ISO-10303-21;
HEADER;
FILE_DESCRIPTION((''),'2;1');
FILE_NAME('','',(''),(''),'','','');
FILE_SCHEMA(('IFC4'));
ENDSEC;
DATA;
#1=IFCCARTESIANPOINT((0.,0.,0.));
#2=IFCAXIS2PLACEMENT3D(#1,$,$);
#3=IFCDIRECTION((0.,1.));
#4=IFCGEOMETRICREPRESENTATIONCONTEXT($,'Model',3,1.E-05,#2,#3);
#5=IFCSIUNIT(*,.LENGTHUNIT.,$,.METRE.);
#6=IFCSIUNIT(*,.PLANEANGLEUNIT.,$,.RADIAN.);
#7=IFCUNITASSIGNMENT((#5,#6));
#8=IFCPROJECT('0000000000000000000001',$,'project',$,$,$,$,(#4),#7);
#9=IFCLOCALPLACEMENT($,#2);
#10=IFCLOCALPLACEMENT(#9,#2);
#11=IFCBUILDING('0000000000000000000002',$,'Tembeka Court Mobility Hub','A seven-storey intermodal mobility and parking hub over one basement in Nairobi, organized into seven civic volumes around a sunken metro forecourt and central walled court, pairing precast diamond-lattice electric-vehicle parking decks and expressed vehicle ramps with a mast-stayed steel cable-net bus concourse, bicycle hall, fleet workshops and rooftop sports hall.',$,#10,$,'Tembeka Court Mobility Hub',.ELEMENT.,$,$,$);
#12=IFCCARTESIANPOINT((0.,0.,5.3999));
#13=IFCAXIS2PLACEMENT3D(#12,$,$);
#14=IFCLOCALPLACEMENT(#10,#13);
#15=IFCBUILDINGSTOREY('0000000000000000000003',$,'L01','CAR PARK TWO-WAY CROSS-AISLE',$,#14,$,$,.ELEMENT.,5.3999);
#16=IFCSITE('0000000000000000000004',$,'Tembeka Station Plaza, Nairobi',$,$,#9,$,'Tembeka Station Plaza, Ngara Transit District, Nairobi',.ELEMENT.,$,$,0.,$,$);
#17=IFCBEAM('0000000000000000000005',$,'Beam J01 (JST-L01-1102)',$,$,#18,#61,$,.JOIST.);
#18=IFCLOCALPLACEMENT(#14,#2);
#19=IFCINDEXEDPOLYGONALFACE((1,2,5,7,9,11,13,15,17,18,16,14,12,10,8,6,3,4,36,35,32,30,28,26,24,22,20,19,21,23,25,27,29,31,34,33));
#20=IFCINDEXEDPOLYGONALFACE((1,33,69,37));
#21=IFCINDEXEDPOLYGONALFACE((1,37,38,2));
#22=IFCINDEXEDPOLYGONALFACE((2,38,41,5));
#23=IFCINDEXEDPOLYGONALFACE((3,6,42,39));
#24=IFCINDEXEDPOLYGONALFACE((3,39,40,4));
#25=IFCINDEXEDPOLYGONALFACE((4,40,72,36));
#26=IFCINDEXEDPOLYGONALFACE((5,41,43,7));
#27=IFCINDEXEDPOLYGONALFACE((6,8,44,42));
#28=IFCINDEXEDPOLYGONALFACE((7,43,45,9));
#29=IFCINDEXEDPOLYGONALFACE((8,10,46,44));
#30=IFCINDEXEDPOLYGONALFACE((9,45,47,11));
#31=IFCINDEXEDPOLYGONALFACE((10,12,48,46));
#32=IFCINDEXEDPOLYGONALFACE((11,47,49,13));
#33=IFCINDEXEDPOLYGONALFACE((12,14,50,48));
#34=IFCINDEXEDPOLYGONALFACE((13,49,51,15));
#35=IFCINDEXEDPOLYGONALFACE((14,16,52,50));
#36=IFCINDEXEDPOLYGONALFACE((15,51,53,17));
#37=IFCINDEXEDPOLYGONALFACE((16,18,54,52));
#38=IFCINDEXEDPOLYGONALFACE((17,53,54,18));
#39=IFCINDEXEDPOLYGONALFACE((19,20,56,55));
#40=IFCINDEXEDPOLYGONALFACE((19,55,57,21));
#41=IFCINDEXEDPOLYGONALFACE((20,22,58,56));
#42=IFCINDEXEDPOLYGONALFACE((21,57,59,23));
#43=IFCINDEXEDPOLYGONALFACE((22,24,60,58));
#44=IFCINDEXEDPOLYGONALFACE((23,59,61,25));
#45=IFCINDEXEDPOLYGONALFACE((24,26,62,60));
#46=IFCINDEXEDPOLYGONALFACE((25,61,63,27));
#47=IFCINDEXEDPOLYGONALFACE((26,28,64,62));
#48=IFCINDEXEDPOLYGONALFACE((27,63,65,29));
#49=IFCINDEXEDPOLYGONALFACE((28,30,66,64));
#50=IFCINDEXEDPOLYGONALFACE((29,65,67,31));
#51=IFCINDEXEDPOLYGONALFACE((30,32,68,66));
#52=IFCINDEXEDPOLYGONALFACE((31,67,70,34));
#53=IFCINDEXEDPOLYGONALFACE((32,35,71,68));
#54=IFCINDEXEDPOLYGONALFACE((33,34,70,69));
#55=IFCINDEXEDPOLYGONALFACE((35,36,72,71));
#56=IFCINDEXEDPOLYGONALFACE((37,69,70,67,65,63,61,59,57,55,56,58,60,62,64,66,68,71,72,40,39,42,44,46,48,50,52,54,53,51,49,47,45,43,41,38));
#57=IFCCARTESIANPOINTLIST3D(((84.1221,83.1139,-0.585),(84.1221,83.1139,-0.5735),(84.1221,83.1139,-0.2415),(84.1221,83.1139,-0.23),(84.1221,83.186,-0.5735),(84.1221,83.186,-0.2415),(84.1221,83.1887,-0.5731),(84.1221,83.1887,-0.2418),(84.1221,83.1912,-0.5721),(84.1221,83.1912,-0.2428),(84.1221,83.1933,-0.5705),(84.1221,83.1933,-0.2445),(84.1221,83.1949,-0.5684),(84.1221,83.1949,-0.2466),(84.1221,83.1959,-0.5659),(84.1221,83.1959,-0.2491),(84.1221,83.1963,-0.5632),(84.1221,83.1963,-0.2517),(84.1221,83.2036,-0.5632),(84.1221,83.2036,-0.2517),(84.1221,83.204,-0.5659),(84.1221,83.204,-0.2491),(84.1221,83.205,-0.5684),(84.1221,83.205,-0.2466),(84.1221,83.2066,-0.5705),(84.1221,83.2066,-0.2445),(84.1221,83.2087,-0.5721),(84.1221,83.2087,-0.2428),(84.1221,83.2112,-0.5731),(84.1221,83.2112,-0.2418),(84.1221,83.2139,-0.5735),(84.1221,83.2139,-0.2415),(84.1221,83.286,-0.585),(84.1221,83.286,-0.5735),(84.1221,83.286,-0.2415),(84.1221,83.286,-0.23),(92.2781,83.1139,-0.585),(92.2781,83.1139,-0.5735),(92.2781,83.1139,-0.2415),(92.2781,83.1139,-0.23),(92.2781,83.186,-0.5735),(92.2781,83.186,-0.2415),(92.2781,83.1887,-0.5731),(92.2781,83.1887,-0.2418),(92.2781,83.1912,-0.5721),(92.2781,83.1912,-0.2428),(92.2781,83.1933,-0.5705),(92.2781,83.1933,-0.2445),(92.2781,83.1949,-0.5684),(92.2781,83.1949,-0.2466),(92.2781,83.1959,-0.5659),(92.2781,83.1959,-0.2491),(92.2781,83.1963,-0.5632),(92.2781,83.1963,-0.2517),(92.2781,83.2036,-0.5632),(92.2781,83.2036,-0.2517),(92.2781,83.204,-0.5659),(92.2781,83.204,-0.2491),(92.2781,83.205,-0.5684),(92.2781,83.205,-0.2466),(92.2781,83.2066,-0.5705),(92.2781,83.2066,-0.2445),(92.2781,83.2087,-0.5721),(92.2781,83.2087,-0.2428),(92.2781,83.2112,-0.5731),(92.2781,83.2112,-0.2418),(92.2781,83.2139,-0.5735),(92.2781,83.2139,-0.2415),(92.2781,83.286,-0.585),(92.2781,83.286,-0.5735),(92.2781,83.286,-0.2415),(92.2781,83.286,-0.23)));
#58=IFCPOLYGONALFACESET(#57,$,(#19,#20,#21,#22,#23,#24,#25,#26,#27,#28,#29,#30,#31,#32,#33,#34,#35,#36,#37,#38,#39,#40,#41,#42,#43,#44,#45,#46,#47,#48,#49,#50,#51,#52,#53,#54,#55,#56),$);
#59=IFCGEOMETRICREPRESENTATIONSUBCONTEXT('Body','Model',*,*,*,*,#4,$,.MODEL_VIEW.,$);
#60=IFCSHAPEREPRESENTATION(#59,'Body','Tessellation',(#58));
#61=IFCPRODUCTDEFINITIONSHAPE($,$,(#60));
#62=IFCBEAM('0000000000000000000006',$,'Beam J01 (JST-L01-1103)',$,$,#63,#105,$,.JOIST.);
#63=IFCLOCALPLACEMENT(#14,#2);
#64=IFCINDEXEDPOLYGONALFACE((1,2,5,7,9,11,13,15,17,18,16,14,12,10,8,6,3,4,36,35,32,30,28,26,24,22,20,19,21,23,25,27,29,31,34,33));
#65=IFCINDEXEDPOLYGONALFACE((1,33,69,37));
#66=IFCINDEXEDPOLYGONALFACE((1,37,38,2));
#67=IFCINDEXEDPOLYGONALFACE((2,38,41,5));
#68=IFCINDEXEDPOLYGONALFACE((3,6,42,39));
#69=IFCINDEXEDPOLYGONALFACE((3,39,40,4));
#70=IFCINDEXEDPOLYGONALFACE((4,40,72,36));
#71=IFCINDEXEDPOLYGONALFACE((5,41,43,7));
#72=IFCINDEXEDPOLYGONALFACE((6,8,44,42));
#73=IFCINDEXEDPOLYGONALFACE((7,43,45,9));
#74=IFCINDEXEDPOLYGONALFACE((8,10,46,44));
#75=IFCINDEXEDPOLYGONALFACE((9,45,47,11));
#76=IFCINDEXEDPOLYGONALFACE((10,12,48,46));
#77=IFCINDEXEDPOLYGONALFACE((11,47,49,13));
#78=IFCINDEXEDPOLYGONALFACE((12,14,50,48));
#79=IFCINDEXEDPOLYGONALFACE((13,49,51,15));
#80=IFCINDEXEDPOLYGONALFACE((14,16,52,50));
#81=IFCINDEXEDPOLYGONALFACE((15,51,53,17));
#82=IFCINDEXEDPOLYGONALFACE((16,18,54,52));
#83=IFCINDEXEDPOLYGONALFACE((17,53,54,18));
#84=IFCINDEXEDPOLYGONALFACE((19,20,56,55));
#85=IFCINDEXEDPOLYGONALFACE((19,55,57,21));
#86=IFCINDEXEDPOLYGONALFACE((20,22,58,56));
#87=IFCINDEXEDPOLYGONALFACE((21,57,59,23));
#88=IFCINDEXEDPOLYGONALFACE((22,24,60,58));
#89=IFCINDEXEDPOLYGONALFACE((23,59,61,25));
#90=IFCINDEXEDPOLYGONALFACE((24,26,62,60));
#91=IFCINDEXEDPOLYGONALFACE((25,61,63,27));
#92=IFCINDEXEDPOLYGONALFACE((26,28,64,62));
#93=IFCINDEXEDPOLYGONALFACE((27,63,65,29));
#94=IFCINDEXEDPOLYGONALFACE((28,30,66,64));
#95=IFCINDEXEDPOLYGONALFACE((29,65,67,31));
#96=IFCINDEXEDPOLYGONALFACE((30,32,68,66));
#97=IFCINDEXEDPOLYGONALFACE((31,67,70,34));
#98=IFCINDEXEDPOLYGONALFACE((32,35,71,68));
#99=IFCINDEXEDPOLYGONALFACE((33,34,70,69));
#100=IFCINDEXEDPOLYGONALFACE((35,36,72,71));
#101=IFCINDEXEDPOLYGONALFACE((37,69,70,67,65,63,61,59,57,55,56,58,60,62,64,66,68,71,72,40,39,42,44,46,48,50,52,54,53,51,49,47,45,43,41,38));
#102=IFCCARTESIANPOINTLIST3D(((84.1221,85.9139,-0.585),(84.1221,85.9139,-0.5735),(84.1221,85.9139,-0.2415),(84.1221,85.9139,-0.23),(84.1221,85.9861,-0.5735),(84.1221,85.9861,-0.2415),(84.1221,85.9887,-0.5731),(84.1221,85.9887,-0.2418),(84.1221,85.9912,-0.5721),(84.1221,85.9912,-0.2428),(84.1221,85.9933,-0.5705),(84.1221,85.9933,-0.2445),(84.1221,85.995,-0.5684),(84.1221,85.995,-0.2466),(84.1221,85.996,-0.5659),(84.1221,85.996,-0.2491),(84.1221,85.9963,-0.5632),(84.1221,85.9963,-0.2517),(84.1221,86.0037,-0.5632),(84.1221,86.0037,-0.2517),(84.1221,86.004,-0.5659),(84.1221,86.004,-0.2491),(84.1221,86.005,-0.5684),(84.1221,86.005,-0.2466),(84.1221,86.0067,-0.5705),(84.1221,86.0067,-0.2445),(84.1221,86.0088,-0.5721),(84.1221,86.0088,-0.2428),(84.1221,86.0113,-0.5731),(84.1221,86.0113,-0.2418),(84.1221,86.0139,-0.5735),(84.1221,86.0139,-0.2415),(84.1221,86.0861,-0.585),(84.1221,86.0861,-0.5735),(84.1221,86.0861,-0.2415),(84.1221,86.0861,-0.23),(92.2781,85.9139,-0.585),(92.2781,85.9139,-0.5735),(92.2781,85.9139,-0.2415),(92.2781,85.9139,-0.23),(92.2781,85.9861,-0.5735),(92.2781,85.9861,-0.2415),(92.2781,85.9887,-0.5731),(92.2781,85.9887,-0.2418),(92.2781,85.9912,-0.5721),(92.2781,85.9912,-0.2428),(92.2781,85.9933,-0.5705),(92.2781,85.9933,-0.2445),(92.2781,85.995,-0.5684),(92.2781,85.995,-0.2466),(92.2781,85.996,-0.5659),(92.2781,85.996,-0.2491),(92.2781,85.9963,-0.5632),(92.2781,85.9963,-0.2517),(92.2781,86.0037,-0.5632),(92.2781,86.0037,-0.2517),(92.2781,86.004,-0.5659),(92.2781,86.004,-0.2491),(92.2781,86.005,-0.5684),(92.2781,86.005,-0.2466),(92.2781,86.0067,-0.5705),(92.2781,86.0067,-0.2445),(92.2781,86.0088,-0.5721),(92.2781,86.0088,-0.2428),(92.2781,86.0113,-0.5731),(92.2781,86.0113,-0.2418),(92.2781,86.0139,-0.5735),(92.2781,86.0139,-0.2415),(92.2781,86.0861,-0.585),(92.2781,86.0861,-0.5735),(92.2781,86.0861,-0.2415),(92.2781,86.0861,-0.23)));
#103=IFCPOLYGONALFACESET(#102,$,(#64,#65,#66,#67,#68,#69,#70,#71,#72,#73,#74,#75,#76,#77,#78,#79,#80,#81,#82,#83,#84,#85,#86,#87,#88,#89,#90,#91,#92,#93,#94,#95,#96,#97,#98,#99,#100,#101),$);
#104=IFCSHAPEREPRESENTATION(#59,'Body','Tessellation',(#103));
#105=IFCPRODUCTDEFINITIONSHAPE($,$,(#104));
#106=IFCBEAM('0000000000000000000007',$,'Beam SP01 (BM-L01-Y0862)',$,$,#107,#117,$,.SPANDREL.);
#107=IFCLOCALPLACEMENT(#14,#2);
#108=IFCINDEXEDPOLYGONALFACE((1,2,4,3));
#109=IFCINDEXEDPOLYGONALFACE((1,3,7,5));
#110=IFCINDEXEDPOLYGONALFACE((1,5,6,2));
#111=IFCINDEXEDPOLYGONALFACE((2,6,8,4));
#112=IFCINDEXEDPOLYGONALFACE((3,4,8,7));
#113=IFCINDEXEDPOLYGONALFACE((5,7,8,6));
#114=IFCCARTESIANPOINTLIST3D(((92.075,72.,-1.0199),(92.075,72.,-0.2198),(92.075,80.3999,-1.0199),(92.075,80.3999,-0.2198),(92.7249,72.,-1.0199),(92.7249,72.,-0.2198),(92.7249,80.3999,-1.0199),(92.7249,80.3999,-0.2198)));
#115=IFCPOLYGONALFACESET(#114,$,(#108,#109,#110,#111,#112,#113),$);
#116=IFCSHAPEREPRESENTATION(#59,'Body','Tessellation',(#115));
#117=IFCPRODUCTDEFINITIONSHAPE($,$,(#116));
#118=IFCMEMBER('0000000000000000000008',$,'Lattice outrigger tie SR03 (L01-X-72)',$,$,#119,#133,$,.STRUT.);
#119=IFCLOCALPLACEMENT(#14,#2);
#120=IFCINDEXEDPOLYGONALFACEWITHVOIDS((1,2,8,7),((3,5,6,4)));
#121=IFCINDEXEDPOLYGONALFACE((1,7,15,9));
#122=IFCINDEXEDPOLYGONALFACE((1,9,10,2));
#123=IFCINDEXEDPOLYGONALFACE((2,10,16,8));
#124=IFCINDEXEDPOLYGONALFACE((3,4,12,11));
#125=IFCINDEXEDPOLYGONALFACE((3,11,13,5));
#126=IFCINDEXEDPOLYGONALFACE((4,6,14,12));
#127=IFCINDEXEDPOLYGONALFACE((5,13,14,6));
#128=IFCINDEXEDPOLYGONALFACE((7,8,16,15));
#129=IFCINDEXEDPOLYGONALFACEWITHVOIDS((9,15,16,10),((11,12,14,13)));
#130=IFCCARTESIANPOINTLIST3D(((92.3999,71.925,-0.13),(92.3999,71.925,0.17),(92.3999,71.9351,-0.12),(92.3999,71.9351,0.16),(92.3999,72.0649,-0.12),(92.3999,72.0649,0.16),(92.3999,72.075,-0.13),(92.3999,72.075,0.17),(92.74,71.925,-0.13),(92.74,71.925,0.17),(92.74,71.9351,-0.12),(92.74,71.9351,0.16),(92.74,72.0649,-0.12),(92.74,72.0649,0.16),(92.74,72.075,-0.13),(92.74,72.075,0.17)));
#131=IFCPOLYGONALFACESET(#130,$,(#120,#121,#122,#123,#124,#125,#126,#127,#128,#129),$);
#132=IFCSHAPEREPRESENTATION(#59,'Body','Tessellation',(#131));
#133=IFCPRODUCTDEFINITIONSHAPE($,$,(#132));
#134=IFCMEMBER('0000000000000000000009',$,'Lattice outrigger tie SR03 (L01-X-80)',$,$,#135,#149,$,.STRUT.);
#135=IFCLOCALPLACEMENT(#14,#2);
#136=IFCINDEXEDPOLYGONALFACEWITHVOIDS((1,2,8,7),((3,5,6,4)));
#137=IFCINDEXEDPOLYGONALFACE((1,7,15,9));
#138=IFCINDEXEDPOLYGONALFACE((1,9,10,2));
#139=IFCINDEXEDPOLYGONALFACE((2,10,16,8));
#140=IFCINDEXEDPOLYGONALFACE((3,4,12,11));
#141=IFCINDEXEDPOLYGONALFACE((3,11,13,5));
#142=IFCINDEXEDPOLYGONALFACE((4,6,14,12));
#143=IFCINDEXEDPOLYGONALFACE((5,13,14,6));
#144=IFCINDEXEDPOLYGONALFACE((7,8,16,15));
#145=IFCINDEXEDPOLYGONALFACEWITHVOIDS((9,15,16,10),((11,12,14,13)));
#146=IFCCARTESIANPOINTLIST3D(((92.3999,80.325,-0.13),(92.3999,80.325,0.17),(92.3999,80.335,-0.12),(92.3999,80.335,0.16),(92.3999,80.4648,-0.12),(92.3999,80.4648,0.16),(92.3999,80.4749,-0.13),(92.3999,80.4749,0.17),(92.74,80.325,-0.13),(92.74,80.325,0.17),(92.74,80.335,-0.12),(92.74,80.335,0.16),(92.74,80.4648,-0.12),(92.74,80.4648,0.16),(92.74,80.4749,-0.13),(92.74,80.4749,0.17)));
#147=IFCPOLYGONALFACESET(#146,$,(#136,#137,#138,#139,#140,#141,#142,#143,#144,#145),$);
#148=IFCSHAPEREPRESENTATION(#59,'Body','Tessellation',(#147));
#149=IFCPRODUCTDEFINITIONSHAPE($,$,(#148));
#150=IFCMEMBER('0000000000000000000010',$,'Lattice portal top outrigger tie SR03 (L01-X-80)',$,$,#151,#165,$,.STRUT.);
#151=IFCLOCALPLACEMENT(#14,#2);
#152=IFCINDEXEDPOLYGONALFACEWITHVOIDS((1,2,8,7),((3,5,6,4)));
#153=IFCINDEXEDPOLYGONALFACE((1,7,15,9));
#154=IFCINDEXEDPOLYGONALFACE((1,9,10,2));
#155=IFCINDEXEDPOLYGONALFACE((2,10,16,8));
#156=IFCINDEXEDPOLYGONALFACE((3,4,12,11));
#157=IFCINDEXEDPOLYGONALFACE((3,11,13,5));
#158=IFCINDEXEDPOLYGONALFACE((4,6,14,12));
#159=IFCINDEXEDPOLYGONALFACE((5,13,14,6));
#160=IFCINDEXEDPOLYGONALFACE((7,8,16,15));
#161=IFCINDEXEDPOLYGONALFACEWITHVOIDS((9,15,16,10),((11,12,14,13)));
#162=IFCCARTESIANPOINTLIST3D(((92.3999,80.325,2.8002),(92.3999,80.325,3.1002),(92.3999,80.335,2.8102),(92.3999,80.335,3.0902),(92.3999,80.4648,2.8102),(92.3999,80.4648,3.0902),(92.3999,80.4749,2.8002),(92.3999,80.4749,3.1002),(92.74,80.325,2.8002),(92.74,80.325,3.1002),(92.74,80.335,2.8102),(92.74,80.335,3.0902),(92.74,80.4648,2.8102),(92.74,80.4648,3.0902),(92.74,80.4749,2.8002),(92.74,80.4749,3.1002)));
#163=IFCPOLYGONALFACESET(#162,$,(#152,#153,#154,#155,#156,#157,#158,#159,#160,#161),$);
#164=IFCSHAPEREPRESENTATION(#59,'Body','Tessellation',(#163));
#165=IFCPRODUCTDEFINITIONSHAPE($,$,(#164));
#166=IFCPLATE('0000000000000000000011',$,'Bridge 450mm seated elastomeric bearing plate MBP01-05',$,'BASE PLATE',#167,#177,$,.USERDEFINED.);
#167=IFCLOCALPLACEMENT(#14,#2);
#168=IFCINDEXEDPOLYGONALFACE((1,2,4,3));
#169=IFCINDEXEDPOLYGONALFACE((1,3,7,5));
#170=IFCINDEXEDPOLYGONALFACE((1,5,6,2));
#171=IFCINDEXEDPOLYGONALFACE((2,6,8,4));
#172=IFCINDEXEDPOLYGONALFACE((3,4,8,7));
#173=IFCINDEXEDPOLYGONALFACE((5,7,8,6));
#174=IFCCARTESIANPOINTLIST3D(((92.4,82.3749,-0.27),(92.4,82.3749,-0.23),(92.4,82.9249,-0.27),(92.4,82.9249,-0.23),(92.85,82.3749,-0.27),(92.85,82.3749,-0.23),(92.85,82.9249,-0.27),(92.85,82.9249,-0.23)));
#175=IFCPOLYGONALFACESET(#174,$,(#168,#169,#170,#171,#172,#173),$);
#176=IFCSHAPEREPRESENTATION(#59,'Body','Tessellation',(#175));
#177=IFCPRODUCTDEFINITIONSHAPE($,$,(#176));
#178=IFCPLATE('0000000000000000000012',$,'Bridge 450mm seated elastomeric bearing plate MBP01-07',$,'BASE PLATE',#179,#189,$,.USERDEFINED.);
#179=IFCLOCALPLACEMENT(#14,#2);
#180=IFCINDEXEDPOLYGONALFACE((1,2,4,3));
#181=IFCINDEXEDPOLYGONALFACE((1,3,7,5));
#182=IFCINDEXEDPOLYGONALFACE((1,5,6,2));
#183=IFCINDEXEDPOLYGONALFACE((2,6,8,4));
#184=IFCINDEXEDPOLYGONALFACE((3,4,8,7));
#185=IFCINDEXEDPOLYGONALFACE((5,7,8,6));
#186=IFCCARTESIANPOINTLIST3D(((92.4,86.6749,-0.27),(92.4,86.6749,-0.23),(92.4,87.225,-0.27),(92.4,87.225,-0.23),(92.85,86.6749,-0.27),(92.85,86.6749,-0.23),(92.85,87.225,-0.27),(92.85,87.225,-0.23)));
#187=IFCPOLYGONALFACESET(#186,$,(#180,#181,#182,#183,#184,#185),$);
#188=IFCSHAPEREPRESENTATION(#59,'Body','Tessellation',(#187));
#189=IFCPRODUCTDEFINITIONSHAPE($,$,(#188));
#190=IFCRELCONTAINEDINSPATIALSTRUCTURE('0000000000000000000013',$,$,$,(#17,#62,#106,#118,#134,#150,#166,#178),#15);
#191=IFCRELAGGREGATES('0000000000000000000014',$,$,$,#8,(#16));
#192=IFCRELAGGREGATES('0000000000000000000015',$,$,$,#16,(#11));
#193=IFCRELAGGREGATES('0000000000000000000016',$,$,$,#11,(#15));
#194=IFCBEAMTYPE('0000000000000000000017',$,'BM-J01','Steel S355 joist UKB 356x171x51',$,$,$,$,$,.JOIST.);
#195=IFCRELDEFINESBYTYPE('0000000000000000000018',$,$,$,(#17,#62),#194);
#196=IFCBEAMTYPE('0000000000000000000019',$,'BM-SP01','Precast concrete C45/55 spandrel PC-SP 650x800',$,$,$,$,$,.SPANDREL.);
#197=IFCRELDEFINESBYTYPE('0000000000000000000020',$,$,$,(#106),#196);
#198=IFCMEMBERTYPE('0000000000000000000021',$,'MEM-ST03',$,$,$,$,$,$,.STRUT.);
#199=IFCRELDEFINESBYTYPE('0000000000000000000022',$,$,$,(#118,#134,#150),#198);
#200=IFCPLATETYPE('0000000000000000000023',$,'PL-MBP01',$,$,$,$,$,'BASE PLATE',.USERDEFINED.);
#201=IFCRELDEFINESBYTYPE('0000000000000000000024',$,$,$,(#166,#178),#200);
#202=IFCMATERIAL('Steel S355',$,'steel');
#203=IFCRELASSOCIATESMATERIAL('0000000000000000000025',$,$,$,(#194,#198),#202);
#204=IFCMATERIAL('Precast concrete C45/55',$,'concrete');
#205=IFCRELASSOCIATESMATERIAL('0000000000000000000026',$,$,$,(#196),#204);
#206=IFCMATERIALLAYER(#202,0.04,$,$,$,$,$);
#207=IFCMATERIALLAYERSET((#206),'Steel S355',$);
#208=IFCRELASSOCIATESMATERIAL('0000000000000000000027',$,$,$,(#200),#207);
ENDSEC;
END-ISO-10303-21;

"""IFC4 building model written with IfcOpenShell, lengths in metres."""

from ifc_helpers import new_model, si_unit, direction, frame, origin, origin_2d, place, context, subcontext, project, spatial, rectangle, hollow_rectangle, i_section, extrude, material, layer, layer_set, material_profile, profile_set, type_object, element, save


model = new_model("IFC4")

# Units and contexts
model_context = context("Model", 3, precision=1e-05, world=origin(), true_north=direction((0.0, 1.0)))
body_context = subcontext(model_context, "Body", "Model", "MODEL_VIEW")
ifc_project = project(units=[si_unit("LENGTHUNIT", "METRE"), si_unit("PLANEANGLEUNIT", "RADIAN")], contexts=[model_context])

# Site, building, storey
site_placement = place(None, origin())
site = spatial("IfcSite", under=ifc_project, at=site_placement, Name="Tembeka Station Plaza, Nairobi", LongName="Tembeka Station Plaza, Ngara Transit District, Nairobi", CompositionType="ELEMENT", RefElevation=0.0)
building_placement = place(site_placement, origin())
building = spatial("IfcBuilding", under=site, at=building_placement, Name="Tembeka Court Mobility Hub", Description="A seven-storey intermodal mobility and parking hub over one basement in Nairobi, organized into seven civic volumes around a sunken metro forecourt and central walled court, pairing precast diamond-lattice electric-vehicle parking decks and expressed vehicle ramps with a mast-stayed steel cable-net bus concourse, bicycle hall, fleet workshops and rooftop sports hall.", LongName="Tembeka Court Mobility Hub", CompositionType="ELEMENT")
storey_placement = place(building_placement, frame((0.0, 0.0, 5.3999)))
storey = spatial("IfcBuildingStorey", under=building, at=storey_placement, Name="L01", Description="CAR PARK TWO-WAY CROSS-AISLE", CompositionType="ELEMENT", Elevation=5.3999)

# Shared definitions
ifc_material_1 = material(Name="Steel S355", Category="steel")

# Beams
ifc_material_profile_1 = material_profile(ifc_material_1, i_section(OverallWidth=0.1721, OverallDepth=0.355, WebThickness=0.0073, FlangeThickness=0.0115, FilletRadius=0.0103, at=origin_2d()), Name="UKB 356x171x51")
ifc_profile_set_1 = profile_set([ifc_material_profile_1], Name="Steel S355")
beam_type_1 = type_object("IfcBeamType", Name="BM-J01", Description="Steel S355 joist UKB 356x171x51", PredefinedType="JOIST", material=ifc_profile_set_1)
for number, where, z_axis, x_axis, name in (
    (1, (84.1221, 83.2, -0.4075), (1.0, 0.0, 0.0), (0.0, 1.0, 0.0), "Beam J01 (JST-L01-1102)"),
    (2, (84.1221, 86.0, -0.4075), (1.0, 0.0, 0.0), (0.0, 1.0, 0.0), "Beam J01 (JST-L01-1103)"),
):
    element("IfcBeam", number, at=place(storey_placement, frame(where, z_axis=z_axis, x_axis=x_axis)), inside=storey, type_object=beam_type_1, Name=name, PredefinedType="JOIST", context=body_context, shape_type="SweptSolid", body=[
        extrude(i_section(OverallWidth=0.1721, OverallDepth=0.355, WebThickness=0.0073, FlangeThickness=0.0115, FilletRadius=0.0103, at=origin_2d()), origin(), (0.0, 0.0, 1.0), 8.156),
    ])
ifc_material_2 = material(Name="Precast concrete C45/55", Category="concrete")
ifc_material_profile_2 = material_profile(ifc_material_2, rectangle(XDim=0.6499, YDim=0.8, at=origin_2d()), Name="PC-SP 650x800")
ifc_profile_set_2 = profile_set([ifc_material_profile_2], Name="Precast concrete C45/55")
beam_type_2 = type_object("IfcBeamType", Name="BM-SP01", Description="Precast concrete C45/55 spandrel PC-SP 650x800", PredefinedType="SPANDREL", material=ifc_profile_set_2)
beam_placement = place(storey_placement, frame((92.3999, 72.0, -0.6199), z_axis=(0.0, 1.0, 0.0), x_axis=(-1.0, 0.0, 0.0)))
element("IfcBeam", 3, at=beam_placement, inside=storey, type_object=beam_type_2, Name="Beam SP01 (BM-L01-Y0862)", PredefinedType="SPANDREL", context=body_context, shape_type="SweptSolid", body=[
    extrude(rectangle(XDim=0.6499, YDim=0.8, at=origin_2d()), origin(), (0.0, 0.0, 1.0), 8.3999),
])

# Members
ifc_material_profile_3 = material_profile(ifc_material_1, hollow_rectangle(XDim=0.1499, YDim=0.3, WallThickness=0.01, at=origin_2d()), Name="RHS 300x150x10")
ifc_profile_set_3 = profile_set([ifc_material_profile_3], Name="Steel S355")
member_type = type_object("IfcMemberType", Name="MEM-ST03", PredefinedType="STRUT", material=ifc_profile_set_3)
for number, where, z_axis, x_axis, name in (
    (4, (92.3999, 72.0, 0.02), (1.0, 0.0, 0.0), (0.0, 1.0, 0.0), "Lattice outrigger tie SR03 (L01-X-72)"),
    (5, (92.3999, 80.3999, 0.02), (1.0, 0.0, 0.0), (0.0, 1.0, 0.0), "Lattice outrigger tie SR03 (L01-X-80)"),
    (6, (92.3999, 80.3999, 2.9502), (1.0, 0.0, 0.0), (0.0, 1.0, 0.0), "Lattice portal top outrigger tie SR03 (L01-X-80)"),
):
    element("IfcMember", number, at=place(storey_placement, frame(where, z_axis=z_axis, x_axis=x_axis)), inside=storey, type_object=member_type, Name=name, PredefinedType="STRUT", context=body_context, shape_type="SweptSolid", body=[
        extrude(hollow_rectangle(XDim=0.1499, YDim=0.3, WallThickness=0.01, at=origin_2d()), origin(), (0.0, 0.0, 1.0), 0.3401),
    ])

# Plates
ifc_layer_1 = layer(ifc_material_1, 0.04)
ifc_layer_set_1 = layer_set([ifc_layer_1], Name="Steel S355")
plate_type = type_object("IfcPlateType", Name="PL-MBP01", ElementType="BASE PLATE", PredefinedType="USERDEFINED", material=ifc_layer_set_1)
for number, where, z_axis, x_axis, name in (
    (7, (92.625, 82.6499, -0.27), (0.0, 0.0, 1.0), (1.0, 0.0, 0.0), "Bridge 450mm seated elastomeric bearing plate MBP01-05"),
    (8, (92.625, 86.95, -0.27), (0.0, 0.0, 1.0), (1.0, 0.0, 0.0), "Bridge 450mm seated elastomeric bearing plate MBP01-07"),
):
    element("IfcPlate", number, at=place(storey_placement, frame(where, z_axis=z_axis, x_axis=x_axis)), inside=storey, type_object=plate_type, Name=name, ObjectType="BASE PLATE", PredefinedType="USERDEFINED", context=body_context, shape_type="SweptSolid", body=[
        extrude(rectangle(XDim=0.45, YDim=0.55, at=origin_2d()), origin(), (0.0, 0.0, 1.0), 0.04),
    ])

save(model, "model.ifc")
